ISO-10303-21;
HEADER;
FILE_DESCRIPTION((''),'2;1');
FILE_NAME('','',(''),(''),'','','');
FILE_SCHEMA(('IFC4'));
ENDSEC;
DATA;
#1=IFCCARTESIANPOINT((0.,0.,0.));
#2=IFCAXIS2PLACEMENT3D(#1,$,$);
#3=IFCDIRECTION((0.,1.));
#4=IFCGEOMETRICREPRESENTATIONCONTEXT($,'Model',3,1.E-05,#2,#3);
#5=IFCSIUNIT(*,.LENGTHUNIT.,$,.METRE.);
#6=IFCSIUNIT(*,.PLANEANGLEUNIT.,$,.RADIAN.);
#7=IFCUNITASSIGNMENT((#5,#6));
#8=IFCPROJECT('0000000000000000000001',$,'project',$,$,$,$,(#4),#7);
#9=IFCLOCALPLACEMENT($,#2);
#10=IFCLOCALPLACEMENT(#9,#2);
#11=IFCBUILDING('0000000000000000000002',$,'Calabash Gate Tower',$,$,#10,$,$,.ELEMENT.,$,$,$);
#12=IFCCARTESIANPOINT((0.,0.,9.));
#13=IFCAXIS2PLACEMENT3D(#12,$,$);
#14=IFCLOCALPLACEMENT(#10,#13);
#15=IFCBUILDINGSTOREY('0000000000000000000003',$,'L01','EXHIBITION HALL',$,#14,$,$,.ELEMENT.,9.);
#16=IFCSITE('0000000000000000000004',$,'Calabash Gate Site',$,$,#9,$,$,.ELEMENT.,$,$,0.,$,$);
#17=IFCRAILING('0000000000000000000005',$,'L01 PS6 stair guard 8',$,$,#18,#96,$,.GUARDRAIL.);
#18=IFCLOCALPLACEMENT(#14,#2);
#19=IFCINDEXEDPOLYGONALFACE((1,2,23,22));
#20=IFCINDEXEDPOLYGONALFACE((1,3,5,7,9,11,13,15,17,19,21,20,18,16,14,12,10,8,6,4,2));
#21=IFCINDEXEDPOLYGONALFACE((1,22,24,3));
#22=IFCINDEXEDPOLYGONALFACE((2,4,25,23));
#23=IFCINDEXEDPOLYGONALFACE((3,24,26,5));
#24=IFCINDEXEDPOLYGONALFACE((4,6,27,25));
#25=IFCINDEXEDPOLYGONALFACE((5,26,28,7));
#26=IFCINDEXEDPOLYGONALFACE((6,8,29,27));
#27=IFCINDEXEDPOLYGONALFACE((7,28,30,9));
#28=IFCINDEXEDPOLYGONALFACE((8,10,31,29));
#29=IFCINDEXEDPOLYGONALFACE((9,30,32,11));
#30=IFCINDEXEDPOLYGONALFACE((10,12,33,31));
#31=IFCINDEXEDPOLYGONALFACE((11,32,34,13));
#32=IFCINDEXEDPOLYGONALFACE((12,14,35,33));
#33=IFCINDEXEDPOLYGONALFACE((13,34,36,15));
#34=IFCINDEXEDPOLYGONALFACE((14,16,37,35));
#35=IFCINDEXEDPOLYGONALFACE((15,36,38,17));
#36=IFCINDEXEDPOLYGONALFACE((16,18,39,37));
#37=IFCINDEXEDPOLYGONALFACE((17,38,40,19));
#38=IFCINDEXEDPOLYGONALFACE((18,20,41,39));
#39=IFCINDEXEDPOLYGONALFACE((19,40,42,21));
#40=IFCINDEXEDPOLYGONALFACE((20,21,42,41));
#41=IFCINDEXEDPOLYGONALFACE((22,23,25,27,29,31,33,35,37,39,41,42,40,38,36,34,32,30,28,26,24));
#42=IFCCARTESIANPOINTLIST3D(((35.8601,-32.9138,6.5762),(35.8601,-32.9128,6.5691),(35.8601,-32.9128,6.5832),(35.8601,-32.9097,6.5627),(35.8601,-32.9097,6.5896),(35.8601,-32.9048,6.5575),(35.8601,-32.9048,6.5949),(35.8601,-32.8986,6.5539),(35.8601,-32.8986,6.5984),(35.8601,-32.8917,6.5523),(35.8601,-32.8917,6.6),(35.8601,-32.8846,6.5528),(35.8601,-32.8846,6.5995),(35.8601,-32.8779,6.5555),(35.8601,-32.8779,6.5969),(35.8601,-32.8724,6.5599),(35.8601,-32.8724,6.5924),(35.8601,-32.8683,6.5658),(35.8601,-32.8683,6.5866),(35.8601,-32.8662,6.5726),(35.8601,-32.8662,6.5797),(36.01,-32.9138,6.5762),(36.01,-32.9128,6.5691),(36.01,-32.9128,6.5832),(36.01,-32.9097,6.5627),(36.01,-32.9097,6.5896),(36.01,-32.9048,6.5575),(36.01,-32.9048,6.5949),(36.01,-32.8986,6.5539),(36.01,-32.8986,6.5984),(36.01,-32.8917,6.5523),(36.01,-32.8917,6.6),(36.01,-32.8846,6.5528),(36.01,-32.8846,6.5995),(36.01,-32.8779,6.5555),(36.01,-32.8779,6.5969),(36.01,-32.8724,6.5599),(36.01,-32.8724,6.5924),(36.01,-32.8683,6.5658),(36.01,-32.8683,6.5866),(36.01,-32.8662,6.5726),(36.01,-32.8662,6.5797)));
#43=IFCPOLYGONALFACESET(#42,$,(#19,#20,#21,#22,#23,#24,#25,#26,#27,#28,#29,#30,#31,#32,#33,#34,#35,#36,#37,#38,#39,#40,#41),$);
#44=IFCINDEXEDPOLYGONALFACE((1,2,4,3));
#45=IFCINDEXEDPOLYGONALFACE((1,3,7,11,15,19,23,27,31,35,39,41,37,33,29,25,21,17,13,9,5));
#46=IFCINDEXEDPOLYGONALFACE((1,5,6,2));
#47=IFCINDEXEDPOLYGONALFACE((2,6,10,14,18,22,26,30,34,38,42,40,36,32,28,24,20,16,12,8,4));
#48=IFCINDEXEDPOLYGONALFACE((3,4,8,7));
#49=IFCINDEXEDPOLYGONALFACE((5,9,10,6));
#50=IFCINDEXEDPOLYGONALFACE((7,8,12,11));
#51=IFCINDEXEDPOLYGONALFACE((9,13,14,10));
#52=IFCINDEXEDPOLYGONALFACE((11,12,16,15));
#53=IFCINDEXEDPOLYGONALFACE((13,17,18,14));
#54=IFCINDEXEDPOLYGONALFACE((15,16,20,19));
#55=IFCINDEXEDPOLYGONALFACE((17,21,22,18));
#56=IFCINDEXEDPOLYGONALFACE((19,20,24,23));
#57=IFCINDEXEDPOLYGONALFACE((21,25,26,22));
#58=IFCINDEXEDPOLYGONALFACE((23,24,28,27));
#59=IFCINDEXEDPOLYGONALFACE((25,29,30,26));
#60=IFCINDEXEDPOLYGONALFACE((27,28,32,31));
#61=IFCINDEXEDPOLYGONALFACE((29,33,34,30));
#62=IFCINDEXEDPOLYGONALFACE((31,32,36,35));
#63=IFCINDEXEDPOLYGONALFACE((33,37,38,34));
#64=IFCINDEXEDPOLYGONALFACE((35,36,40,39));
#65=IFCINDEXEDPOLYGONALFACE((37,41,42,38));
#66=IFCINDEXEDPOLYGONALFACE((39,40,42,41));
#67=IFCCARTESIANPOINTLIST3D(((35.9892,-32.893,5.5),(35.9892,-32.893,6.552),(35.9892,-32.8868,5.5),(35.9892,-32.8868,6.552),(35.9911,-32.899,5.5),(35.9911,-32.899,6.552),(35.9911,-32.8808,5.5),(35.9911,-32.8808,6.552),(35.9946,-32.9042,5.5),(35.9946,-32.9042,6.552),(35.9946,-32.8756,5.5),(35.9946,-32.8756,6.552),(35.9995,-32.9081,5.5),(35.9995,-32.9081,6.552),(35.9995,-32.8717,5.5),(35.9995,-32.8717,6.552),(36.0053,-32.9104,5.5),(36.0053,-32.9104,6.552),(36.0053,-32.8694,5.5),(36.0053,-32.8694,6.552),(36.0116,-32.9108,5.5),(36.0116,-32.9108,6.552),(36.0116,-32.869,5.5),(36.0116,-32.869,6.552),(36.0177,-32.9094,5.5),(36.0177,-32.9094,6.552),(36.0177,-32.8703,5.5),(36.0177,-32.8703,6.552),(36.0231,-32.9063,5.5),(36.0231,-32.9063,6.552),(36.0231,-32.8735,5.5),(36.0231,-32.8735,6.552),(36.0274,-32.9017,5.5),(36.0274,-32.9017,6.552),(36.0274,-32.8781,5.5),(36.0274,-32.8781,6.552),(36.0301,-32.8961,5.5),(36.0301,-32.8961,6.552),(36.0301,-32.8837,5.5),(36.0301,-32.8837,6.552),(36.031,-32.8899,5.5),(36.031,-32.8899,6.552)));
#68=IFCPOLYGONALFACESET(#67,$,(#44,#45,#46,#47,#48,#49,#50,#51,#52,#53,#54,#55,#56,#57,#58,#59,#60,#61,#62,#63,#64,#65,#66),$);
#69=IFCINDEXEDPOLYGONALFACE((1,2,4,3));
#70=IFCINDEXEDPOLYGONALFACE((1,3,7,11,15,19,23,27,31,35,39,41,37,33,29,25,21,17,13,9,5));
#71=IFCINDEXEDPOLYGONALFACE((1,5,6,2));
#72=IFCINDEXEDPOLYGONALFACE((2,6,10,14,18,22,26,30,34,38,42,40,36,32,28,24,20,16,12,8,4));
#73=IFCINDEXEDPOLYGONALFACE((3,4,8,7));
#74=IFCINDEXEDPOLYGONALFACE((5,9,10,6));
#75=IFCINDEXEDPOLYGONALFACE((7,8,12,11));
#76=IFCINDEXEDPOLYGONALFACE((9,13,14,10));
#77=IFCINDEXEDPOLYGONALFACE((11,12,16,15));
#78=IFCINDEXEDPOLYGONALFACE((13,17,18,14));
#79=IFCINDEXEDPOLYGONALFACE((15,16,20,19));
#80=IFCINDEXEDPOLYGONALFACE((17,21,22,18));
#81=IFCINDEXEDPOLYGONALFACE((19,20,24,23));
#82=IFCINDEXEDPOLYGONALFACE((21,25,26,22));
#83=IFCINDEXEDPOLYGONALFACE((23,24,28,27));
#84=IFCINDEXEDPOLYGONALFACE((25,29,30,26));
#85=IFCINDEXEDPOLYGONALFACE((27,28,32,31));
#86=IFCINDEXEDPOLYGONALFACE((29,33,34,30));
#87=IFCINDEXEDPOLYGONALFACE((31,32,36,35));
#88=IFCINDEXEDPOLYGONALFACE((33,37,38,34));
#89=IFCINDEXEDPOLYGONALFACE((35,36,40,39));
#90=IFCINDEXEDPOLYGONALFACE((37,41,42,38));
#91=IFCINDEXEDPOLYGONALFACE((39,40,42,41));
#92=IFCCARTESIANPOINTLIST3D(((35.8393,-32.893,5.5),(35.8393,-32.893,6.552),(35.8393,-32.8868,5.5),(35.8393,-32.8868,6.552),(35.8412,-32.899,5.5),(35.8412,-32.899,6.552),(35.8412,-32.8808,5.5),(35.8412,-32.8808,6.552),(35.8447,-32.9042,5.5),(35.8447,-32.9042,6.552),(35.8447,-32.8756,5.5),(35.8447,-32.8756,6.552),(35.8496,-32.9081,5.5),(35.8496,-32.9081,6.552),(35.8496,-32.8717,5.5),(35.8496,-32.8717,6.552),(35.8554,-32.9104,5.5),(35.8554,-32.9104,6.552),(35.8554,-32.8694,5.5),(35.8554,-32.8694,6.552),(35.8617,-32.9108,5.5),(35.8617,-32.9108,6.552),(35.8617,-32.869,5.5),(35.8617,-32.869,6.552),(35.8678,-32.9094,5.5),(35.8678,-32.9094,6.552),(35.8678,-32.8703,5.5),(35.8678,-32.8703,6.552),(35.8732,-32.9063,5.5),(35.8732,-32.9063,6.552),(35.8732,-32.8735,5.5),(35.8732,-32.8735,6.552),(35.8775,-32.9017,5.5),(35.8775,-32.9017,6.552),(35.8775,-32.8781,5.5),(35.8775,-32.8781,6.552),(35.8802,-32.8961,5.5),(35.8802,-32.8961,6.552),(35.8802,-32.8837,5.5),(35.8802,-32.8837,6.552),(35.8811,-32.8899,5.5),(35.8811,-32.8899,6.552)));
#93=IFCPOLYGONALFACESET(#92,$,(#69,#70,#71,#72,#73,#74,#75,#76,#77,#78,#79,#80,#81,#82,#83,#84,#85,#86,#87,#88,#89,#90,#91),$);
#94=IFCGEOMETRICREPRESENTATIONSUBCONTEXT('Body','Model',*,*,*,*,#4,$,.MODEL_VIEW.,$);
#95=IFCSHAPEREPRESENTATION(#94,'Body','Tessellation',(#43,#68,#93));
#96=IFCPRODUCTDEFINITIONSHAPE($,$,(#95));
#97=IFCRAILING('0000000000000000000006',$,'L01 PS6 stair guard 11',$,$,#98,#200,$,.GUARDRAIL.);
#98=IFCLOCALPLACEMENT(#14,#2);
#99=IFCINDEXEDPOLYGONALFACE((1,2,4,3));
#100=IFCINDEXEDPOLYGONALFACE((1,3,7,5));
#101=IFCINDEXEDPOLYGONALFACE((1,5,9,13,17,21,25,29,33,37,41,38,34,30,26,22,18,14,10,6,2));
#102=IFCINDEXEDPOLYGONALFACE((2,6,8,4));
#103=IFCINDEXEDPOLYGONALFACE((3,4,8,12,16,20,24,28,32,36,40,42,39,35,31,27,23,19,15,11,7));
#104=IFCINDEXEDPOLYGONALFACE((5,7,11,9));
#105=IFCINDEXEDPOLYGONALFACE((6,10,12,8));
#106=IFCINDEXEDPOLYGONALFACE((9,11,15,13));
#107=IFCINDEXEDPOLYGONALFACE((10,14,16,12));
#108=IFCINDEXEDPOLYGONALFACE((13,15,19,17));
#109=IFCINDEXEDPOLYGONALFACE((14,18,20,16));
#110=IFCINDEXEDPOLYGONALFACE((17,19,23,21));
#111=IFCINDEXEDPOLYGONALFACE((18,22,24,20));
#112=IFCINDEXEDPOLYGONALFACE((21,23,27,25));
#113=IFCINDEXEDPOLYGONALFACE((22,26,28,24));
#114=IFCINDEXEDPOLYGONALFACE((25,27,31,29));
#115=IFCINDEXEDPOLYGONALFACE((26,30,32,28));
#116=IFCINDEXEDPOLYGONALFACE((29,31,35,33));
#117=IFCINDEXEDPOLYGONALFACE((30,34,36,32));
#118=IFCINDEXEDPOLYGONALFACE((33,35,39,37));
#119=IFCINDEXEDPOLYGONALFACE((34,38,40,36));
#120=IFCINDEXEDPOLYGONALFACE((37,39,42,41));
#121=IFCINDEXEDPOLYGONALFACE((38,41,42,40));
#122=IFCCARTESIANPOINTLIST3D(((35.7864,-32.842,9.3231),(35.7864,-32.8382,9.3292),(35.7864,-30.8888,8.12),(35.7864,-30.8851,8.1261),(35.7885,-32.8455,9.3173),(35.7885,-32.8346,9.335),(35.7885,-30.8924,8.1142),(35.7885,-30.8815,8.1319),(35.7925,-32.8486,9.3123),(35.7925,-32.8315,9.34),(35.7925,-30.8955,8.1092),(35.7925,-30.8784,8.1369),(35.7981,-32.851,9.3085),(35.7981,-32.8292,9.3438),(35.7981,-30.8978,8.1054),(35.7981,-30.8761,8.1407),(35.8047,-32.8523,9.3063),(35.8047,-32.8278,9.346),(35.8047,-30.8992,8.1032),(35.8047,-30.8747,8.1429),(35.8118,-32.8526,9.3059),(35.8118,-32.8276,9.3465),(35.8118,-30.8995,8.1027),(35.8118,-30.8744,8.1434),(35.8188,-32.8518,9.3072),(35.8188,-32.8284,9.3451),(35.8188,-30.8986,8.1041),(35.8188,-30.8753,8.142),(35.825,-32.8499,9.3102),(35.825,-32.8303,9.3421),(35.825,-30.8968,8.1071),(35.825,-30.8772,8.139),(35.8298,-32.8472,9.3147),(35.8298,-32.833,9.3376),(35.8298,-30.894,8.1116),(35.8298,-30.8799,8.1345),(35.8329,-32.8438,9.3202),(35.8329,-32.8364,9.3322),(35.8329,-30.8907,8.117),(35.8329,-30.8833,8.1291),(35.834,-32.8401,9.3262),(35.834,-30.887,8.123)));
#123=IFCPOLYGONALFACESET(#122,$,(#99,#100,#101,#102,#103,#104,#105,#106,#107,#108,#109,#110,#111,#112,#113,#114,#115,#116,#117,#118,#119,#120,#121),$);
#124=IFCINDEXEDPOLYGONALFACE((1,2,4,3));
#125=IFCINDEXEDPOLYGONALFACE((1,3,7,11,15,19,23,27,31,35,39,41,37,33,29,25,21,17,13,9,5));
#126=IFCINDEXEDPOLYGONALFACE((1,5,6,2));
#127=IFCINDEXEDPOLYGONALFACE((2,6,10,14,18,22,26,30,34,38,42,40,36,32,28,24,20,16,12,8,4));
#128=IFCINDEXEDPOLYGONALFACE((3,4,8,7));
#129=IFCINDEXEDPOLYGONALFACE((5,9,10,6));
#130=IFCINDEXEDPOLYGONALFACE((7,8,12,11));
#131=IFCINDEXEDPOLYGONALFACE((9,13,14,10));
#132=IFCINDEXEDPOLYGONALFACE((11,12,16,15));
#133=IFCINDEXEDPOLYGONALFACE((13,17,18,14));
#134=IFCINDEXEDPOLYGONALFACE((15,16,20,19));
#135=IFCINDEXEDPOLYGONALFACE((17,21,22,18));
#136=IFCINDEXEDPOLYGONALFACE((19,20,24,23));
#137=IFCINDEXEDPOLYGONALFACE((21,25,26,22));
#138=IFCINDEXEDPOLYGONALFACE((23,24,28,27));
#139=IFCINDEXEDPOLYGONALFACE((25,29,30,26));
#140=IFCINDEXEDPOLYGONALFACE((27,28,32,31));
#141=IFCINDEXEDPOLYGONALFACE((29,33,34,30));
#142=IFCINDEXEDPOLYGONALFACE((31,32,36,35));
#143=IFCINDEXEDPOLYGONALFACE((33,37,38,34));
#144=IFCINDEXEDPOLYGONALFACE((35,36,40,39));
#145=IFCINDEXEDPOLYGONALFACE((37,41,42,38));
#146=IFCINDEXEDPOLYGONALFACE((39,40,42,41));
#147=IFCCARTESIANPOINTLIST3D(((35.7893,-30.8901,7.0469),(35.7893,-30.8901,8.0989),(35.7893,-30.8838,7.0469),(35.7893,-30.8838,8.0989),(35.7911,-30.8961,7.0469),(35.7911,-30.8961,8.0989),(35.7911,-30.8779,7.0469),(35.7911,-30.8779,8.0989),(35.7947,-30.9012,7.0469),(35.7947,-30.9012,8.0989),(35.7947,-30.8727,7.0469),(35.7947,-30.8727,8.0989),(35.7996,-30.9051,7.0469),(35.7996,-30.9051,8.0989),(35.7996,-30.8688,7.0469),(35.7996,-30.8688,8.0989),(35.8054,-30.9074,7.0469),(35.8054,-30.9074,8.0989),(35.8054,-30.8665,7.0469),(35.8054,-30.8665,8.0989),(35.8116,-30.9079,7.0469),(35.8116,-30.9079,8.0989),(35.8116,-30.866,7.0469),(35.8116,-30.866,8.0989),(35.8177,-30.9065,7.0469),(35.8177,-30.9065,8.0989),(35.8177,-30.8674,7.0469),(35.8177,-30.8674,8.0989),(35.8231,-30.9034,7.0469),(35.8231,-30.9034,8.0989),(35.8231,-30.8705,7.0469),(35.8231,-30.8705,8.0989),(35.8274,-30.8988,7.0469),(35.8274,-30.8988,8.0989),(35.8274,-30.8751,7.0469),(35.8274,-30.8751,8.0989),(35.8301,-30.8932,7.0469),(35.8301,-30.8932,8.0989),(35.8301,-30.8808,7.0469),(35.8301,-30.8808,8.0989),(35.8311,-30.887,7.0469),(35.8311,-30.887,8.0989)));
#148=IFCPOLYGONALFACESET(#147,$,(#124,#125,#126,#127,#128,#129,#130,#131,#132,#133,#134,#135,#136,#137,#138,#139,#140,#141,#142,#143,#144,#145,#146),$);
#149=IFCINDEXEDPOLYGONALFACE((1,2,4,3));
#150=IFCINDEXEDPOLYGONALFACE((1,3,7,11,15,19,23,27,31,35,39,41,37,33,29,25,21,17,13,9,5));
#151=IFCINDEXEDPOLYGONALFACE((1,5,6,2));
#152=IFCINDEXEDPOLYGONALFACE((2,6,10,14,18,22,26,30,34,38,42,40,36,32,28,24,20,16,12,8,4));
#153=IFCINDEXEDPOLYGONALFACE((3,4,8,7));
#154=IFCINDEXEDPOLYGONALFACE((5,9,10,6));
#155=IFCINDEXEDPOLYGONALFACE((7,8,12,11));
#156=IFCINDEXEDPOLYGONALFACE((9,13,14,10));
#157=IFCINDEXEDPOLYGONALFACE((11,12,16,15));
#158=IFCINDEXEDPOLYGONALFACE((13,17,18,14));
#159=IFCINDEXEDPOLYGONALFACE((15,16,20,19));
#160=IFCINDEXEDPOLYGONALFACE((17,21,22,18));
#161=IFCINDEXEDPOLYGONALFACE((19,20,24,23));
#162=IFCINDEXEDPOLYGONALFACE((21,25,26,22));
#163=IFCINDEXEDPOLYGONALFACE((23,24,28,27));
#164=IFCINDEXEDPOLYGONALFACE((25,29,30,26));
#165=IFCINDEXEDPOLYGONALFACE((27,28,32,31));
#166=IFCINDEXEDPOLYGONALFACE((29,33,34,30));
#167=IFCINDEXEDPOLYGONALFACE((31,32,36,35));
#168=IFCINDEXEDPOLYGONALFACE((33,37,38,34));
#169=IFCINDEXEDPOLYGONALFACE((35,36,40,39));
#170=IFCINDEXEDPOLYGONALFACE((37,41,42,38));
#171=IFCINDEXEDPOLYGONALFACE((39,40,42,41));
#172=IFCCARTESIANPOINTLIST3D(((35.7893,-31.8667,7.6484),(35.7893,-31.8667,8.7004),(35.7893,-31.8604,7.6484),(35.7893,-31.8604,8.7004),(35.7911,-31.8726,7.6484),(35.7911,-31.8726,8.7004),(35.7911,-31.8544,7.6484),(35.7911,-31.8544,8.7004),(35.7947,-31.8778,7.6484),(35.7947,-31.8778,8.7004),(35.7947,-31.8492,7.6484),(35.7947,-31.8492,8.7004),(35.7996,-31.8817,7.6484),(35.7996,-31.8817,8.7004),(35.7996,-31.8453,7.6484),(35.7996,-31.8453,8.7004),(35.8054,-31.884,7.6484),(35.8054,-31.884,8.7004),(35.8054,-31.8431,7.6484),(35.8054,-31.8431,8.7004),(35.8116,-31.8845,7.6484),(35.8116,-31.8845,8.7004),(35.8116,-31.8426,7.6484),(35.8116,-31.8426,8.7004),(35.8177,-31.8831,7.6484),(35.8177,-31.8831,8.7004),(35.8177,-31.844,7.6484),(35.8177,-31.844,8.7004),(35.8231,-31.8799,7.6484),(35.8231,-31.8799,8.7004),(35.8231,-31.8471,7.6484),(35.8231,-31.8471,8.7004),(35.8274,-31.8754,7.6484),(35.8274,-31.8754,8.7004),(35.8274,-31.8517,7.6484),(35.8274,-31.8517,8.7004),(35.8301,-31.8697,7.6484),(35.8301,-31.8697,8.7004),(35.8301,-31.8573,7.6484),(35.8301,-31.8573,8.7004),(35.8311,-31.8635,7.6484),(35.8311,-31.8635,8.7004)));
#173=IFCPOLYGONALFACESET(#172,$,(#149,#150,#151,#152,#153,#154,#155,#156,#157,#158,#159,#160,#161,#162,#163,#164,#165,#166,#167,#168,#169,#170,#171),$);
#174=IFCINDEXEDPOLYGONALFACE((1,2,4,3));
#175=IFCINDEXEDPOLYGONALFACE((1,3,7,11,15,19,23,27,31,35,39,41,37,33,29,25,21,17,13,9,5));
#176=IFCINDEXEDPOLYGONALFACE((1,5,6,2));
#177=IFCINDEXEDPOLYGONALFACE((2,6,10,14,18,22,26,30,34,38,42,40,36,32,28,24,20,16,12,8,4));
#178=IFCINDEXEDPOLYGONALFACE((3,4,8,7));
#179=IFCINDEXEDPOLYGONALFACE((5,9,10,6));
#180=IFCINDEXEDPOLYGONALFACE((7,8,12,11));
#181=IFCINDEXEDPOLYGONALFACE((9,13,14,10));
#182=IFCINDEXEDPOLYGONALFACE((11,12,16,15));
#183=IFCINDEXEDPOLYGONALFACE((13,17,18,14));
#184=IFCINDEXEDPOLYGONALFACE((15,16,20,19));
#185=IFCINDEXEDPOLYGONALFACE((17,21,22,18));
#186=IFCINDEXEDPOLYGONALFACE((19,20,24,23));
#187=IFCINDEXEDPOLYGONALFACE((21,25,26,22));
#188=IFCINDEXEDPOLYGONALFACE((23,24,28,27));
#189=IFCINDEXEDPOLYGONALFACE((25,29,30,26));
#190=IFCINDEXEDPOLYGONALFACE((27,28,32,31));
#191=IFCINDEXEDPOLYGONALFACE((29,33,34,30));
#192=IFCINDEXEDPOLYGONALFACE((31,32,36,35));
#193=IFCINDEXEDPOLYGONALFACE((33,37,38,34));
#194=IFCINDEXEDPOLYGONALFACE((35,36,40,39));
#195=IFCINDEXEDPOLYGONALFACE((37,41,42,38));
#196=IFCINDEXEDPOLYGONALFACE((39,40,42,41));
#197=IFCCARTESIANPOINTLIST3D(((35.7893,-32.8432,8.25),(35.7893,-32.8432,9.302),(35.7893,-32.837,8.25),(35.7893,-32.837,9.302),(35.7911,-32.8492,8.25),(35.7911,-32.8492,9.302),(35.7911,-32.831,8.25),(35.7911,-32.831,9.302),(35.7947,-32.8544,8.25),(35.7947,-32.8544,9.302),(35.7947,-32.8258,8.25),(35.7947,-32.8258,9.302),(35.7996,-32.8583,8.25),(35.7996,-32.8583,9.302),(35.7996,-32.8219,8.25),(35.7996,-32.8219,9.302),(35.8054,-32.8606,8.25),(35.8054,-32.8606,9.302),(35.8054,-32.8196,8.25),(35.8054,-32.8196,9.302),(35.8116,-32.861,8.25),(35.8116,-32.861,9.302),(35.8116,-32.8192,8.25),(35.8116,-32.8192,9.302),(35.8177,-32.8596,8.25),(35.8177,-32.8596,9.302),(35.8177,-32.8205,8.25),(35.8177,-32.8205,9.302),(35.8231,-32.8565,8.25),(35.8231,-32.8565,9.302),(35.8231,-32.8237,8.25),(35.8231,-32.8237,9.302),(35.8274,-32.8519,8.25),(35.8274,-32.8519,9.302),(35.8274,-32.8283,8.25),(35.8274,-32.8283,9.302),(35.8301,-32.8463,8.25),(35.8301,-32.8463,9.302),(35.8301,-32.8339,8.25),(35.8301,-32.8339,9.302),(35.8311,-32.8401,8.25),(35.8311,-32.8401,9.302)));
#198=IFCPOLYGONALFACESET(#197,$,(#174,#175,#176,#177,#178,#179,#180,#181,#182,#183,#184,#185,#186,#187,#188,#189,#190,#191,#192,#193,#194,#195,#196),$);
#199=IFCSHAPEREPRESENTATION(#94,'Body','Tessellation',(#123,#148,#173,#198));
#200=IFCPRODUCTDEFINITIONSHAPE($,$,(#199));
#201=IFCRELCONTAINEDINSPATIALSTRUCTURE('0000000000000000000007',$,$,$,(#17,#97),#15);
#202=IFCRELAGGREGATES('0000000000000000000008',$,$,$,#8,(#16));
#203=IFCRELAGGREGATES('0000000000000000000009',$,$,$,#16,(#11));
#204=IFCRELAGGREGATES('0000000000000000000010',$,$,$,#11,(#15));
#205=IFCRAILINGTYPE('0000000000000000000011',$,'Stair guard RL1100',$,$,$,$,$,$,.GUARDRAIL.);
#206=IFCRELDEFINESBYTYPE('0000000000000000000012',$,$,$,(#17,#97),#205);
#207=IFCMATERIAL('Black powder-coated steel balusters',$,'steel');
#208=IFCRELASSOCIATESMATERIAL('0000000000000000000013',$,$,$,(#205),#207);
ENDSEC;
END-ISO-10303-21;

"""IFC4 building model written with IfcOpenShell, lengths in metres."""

from ifc_helpers import new_model, si_unit, direction, frame, origin, origin_2d, place, context, subcontext, project, spatial, circle, extrude, material, type_object, element, save


model = new_model("IFC4")

# Units and contexts
model_context = context("Model", 3, precision=1e-05, world=origin(), true_north=direction((0.0, 1.0)))
body_context = subcontext(model_context, "Body", "Model", "MODEL_VIEW")
ifc_project = project(units=[si_unit("LENGTHUNIT", "METRE"), si_unit("PLANEANGLEUNIT", "RADIAN")], contexts=[model_context])

# Site, building, storey
site_placement = place(None, origin())
site = spatial("IfcSite", under=ifc_project, at=site_placement, Name="Calabash Gate Site", CompositionType="ELEMENT", RefElevation=0.0)
building_placement = place(site_placement, origin())
building = spatial("IfcBuilding", under=site, at=building_placement, Name="Calabash Gate Tower", CompositionType="ELEMENT")
storey_placement = place(building_placement, frame((0.0, 0.0, 9.0)))
storey = spatial("IfcBuildingStorey", under=building, at=storey_placement, Name="L01", Description="EXHIBITION HALL", CompositionType="ELEMENT", Elevation=9.0)

# Railings
ifc_material_1 = material(Name="Black powder-coated steel balusters", Category="steel")
railing_type_1 = type_object("IfcRailingType", Name="Stair guard RL1100", PredefinedType="GUARDRAIL", material=ifc_material_1)
railing_1_placement = place(storey_placement, frame((36.01, -32.8899, 5.5)))
element("IfcRailing", 1, at=railing_1_placement, inside=storey, type_object=railing_type_1, Name="L01 PS6 stair guard 8", PredefinedType="GUARDRAIL", context=body_context, shape_type="SweptSolid", body=[
    extrude(circle(Radius=0.0239, at=origin_2d()), frame((0.0, 0.0, 1.0762), z_axis=(-1.0, 0.0, 0.0), x_axis=(0.0, -1.0, 0.0)), (0.0, 0.0, 1.0), 0.1499),
    extrude(circle(Radius=0.021, at=origin_2d()), origin(), (0.0, 0.0, 1.0), 1.052),
    extrude(circle(Radius=0.021, at=origin_2d()), frame((-0.1499, 0.0, 0.0)), (0.0, 0.0, 1.0), 1.052),
])
railing_2_placement = place(storey_placement, frame((35.8101, -30.887, 7.0469)))
element("IfcRailing", 2, at=railing_2_placement, inside=storey, type_object=railing_type_1, Name="L01 PS6 stair guard 11", PredefinedType="GUARDRAIL", context=body_context, shape_type="SweptSolid", body=[
    extrude(circle(Radius=0.0239, at=origin_2d()), frame((0.0, 0.0, 1.0762), z_axis=(0.0, -0.851424, 0.524477), x_axis=(1.0, 0.0, 0.0)), (0.0, 0.0, 1.0), 2.2939),
    extrude(circle(Radius=0.021, at=origin_2d()), origin(), (0.0, 0.0, 1.0), 1.052),
    extrude(circle(Radius=0.021, at=origin_2d()), frame((0.0, -0.9766, 0.6016)), (0.0, 0.0, 1.0), 1.052),
    extrude(circle(Radius=0.021, at=origin_2d()), frame((0.0, -1.9531, 1.2031)), (0.0, 0.0, 1.0), 1.052),
])

save(model, "model.ifc")
